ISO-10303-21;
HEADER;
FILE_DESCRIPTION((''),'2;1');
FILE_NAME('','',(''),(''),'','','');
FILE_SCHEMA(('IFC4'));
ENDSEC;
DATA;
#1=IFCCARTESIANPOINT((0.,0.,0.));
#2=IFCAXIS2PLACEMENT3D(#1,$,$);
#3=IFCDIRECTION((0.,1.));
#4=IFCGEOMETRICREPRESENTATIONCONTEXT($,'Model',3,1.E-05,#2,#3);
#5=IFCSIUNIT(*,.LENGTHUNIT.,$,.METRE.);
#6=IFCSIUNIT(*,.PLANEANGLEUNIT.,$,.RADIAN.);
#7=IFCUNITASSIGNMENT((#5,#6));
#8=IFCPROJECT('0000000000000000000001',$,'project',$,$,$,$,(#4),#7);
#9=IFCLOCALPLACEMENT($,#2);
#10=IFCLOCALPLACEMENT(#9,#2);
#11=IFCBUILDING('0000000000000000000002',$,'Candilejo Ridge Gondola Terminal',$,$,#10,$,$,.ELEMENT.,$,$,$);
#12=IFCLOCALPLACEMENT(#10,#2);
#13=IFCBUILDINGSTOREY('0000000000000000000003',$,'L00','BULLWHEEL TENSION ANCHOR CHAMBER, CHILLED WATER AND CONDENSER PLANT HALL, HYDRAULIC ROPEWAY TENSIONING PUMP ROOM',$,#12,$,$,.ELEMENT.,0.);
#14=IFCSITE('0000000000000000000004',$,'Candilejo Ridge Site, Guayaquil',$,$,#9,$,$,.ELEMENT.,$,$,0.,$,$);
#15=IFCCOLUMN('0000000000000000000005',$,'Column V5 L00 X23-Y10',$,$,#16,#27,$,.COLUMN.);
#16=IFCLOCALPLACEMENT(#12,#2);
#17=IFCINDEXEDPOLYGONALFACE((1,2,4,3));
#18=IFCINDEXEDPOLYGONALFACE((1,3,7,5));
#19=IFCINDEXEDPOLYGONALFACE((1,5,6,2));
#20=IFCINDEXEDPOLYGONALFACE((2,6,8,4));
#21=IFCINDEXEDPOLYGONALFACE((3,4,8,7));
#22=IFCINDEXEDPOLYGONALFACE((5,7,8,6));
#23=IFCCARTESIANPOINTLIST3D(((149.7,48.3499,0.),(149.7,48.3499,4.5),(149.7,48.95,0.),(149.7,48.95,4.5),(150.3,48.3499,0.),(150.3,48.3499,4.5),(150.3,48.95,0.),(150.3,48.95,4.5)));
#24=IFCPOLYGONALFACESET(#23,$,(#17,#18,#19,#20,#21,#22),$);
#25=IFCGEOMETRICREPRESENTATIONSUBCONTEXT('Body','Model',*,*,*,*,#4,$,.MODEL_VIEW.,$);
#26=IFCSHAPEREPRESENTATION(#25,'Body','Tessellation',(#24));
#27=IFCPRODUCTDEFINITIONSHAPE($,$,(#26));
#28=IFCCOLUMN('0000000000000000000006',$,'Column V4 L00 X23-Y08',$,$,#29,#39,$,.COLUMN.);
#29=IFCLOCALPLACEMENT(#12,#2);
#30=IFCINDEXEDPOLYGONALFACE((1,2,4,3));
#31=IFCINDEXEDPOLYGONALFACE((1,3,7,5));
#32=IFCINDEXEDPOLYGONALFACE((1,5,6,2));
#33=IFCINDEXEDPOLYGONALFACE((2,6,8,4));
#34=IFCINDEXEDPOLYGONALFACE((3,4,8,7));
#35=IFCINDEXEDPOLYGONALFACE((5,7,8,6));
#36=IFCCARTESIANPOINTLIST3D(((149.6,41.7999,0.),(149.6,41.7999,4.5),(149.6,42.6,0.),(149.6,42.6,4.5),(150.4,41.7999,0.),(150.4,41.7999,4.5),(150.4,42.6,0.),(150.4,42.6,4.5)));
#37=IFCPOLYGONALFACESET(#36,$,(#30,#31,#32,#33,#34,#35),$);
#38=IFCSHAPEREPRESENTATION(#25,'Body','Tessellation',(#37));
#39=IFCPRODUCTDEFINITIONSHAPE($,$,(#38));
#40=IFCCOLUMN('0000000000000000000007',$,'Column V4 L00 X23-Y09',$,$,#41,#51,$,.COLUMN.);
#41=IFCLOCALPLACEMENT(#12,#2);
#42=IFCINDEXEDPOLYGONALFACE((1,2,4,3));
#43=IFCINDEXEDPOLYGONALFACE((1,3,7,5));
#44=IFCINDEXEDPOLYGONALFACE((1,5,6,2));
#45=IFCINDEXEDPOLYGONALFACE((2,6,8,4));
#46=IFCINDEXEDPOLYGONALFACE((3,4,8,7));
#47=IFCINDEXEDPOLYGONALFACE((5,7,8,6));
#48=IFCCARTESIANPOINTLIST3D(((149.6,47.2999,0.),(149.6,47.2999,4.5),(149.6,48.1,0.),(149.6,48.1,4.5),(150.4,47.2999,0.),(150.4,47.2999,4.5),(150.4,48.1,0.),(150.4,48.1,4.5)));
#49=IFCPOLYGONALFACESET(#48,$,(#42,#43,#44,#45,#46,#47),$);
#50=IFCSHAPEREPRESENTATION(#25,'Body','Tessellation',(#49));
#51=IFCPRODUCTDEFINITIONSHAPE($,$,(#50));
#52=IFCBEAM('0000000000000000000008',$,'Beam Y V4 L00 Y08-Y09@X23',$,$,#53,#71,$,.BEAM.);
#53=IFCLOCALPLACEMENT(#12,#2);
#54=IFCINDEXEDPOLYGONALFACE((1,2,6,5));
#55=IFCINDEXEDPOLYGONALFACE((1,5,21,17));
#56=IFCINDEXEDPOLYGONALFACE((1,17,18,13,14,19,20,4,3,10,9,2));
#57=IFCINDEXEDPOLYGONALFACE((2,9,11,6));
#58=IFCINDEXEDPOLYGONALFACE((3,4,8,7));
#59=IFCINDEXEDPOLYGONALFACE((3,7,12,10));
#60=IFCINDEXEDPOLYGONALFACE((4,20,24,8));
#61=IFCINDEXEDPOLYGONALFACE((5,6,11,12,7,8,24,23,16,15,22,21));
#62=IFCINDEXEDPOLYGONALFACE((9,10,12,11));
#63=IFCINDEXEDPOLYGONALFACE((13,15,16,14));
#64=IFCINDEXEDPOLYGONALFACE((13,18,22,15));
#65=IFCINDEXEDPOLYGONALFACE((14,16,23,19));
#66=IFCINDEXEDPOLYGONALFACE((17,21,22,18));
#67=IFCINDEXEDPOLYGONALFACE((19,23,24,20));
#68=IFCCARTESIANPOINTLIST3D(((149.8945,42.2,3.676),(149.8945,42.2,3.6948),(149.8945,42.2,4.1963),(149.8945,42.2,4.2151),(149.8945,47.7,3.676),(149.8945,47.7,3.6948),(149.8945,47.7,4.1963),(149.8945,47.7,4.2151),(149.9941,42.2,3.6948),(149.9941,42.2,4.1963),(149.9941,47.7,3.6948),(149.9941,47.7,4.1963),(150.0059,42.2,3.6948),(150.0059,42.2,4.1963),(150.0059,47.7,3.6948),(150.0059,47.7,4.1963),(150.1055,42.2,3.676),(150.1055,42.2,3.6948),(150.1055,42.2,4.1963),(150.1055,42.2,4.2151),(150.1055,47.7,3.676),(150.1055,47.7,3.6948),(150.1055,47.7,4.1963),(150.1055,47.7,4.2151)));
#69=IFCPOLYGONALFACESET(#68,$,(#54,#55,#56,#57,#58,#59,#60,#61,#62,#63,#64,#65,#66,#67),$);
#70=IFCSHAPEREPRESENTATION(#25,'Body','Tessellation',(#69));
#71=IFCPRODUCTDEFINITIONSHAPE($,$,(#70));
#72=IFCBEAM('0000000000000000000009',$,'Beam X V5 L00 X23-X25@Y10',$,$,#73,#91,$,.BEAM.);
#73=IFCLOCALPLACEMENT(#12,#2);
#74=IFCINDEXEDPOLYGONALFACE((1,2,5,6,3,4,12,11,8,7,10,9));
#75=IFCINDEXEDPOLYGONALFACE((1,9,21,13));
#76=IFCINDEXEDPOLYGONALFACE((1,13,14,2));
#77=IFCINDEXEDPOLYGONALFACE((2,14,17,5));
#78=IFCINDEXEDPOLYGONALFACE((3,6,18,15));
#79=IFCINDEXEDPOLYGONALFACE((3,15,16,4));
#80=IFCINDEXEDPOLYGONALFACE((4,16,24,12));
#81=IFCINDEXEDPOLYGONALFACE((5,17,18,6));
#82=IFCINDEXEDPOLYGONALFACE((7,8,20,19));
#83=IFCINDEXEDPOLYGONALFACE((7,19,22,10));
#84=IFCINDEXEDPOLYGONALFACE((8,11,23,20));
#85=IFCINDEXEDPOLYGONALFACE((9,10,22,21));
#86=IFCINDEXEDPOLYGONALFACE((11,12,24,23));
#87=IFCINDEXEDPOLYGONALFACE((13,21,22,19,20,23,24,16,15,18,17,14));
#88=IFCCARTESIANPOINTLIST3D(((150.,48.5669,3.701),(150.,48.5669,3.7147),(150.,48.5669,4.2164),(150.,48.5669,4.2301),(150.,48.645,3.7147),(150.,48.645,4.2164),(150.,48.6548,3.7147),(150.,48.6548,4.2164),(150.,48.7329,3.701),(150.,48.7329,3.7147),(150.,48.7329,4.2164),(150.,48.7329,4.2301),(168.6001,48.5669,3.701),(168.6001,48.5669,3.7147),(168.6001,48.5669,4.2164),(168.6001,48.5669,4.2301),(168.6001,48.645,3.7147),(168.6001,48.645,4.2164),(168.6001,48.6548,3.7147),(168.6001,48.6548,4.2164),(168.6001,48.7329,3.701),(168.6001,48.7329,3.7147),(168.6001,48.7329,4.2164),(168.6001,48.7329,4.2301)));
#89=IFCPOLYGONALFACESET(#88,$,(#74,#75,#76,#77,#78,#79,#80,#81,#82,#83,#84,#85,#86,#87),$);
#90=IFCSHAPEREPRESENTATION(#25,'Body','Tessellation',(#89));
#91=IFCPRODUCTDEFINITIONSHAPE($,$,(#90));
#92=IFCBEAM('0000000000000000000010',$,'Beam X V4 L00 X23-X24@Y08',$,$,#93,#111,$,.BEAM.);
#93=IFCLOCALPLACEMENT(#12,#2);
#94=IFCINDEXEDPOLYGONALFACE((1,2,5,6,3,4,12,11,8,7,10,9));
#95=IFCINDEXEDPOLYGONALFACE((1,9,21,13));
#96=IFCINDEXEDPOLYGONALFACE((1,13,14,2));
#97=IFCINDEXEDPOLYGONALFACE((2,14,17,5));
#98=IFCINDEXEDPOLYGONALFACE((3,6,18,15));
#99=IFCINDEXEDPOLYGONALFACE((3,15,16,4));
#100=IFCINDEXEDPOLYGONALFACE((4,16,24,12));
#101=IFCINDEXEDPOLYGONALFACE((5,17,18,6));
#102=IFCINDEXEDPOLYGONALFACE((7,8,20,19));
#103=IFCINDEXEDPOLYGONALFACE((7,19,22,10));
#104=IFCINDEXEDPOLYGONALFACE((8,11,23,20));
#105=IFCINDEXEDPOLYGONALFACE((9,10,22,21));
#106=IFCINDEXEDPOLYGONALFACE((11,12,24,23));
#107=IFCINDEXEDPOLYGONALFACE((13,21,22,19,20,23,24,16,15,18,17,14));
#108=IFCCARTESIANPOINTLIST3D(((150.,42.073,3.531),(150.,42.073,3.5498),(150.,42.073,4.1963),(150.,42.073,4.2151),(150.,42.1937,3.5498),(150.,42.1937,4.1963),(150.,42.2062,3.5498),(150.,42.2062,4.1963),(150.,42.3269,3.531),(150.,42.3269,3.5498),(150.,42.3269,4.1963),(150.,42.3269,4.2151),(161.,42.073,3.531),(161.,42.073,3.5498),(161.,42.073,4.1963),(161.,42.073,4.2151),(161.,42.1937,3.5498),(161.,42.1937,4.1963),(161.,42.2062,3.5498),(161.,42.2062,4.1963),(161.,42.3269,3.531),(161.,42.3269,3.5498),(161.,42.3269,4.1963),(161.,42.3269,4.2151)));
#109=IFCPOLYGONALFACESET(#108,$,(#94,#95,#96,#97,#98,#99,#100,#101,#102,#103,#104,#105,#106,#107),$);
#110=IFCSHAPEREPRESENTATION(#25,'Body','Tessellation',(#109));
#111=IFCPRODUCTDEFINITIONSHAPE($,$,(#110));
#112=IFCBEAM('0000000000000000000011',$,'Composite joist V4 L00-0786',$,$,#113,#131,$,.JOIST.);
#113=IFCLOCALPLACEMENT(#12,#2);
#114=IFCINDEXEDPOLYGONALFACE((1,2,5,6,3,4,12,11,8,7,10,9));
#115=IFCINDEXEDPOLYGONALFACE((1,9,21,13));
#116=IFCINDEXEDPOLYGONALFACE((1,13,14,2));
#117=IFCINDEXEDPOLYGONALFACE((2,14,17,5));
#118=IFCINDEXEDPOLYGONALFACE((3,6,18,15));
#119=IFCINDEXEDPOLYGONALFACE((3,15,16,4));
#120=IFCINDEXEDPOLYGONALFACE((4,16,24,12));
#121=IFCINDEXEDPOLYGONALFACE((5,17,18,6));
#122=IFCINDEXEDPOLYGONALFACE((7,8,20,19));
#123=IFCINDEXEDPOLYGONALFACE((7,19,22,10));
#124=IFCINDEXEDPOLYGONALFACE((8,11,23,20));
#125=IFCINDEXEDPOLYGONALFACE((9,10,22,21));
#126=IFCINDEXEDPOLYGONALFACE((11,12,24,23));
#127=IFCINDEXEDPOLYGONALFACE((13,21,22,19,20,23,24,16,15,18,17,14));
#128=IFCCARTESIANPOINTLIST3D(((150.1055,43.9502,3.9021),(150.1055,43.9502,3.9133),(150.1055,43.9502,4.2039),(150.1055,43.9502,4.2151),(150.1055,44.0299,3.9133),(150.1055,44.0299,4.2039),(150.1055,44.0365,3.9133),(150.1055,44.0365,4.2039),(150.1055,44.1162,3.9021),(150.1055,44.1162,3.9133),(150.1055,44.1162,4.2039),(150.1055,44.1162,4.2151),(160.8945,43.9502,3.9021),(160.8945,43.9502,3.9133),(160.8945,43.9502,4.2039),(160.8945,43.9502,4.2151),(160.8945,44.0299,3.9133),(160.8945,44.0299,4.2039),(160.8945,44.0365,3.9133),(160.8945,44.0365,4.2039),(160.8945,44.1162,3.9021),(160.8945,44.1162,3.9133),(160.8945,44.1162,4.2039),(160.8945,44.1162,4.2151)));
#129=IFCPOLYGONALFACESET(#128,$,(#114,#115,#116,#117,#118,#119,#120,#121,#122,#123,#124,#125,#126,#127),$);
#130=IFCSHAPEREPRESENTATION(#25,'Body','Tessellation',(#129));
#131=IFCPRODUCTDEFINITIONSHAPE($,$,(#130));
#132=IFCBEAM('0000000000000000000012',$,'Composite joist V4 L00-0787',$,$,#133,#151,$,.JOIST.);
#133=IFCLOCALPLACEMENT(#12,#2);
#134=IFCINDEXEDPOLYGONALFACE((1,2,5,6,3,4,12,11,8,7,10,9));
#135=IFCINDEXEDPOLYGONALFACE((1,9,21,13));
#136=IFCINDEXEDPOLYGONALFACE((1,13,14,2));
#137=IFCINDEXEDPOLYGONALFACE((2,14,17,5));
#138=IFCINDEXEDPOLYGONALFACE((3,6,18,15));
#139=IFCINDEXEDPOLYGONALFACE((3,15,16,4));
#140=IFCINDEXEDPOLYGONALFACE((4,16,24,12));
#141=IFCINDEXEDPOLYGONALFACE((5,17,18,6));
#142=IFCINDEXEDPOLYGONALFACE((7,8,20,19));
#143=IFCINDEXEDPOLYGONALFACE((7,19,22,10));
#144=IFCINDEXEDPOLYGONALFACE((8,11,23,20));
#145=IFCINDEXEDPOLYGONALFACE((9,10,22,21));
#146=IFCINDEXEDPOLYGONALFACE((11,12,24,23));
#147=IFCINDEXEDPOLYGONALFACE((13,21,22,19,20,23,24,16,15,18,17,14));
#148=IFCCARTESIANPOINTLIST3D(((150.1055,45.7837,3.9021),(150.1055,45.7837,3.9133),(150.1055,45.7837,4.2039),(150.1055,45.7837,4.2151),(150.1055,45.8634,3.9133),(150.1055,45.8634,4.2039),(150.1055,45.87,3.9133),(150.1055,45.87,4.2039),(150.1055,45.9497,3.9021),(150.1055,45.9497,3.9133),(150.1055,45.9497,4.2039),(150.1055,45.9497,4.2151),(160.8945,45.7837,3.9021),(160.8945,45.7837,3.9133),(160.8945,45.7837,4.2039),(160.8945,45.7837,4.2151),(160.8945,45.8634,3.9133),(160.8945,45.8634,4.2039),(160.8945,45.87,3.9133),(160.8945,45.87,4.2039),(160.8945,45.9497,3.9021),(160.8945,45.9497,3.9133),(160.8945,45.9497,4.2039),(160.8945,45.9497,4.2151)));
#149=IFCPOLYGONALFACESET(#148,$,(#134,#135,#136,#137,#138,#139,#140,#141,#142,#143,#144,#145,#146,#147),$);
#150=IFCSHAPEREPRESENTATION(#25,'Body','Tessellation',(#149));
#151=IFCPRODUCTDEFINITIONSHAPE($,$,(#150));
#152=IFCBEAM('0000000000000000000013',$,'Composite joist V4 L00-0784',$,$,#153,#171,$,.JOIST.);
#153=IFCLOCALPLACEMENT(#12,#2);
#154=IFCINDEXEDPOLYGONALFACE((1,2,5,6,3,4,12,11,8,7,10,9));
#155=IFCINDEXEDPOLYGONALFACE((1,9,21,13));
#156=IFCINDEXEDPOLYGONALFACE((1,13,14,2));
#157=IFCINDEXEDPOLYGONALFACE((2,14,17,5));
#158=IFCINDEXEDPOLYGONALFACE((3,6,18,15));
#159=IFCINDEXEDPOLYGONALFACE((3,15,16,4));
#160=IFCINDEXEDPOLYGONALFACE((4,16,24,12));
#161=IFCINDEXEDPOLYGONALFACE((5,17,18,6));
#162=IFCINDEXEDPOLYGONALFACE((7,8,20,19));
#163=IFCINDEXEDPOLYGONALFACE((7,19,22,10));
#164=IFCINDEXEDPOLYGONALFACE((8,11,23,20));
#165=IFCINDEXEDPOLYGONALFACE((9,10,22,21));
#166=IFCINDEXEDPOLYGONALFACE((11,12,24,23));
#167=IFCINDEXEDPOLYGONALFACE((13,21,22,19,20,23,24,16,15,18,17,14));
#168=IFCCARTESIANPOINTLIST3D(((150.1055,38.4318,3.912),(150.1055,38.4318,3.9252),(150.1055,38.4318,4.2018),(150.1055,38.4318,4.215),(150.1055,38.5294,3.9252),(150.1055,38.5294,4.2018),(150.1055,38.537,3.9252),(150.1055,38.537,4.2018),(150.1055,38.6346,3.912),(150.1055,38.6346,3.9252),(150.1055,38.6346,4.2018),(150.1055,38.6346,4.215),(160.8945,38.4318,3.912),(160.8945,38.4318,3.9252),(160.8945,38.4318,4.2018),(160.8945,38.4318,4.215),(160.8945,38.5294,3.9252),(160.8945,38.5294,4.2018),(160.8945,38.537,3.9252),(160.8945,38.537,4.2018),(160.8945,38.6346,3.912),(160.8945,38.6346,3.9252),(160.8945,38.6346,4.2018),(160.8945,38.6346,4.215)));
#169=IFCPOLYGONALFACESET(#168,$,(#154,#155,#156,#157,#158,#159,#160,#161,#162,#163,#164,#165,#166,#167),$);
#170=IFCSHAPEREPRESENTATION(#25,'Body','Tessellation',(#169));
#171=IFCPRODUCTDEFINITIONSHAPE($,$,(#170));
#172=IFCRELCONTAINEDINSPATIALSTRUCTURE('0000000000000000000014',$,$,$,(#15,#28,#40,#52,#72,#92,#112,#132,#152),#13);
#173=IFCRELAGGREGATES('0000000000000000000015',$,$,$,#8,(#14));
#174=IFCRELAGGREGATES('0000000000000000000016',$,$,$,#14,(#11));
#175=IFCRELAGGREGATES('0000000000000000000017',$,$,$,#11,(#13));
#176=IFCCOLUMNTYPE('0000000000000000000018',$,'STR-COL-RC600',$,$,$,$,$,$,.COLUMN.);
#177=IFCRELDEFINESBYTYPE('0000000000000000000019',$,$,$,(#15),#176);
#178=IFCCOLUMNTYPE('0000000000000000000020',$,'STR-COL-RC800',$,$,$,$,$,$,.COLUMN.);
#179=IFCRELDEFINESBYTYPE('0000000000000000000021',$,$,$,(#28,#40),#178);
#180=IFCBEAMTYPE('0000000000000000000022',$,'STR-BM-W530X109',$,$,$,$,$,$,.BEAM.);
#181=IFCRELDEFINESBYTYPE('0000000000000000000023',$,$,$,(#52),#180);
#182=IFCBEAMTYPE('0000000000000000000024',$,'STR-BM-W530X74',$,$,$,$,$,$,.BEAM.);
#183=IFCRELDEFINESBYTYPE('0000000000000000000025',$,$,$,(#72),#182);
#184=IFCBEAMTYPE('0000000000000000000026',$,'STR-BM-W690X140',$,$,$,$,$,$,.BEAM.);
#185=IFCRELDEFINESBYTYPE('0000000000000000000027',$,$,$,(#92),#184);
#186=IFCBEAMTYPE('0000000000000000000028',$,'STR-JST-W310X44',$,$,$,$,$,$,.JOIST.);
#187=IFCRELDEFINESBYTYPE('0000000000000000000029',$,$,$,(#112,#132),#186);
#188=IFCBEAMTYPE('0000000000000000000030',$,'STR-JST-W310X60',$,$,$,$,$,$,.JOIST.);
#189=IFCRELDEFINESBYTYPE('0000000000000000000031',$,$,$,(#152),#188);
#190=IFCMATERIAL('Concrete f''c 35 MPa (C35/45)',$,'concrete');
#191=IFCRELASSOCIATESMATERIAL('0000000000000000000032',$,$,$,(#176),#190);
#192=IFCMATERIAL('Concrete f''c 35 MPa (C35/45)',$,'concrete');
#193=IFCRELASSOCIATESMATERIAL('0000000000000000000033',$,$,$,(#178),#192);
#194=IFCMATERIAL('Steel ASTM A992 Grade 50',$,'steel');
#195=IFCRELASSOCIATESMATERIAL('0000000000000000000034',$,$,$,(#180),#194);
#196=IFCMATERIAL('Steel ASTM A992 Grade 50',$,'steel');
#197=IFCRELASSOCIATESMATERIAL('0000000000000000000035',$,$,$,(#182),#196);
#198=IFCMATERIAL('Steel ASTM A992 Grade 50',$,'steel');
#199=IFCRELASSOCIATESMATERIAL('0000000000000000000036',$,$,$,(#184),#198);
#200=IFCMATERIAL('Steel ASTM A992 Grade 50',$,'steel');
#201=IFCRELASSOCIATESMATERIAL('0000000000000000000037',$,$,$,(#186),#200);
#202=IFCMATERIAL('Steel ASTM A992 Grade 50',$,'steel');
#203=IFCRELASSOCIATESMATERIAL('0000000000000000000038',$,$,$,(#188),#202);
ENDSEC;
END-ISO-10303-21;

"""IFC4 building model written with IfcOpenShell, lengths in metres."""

from ifc_helpers import new_model, si_unit, direction, frame, origin, origin_2d, place, context, subcontext, project, spatial, rectangle, i_section, extrude, material, material_profile, profile_set, type_object, element, save


model = new_model("IFC4")

# Units and contexts
model_context = context("Model", 3, precision=1e-05, world=origin(), true_north=direction((0.0, 1.0)))
body_context = subcontext(model_context, "Body", "Model", "MODEL_VIEW")
ifc_project = project(units=[si_unit("LENGTHUNIT", "METRE"), si_unit("PLANEANGLEUNIT", "RADIAN")], contexts=[model_context])

# Site, building, storey
site_placement = place(None, origin())
site = spatial("IfcSite", under=ifc_project, at=site_placement, Name="Candilejo Ridge Site, Guayaquil", CompositionType="ELEMENT", RefElevation=0.0)
building_placement = place(site_placement, origin())
building = spatial("IfcBuilding", under=site, at=building_placement, Name="Candilejo Ridge Gondola Terminal", CompositionType="ELEMENT")
storey_placement = place(building_placement, origin())
storey = spatial("IfcBuildingStorey", under=building, at=storey_placement, Name="L00", Description="BULLWHEEL TENSION ANCHOR CHAMBER, CHILLED WATER AND CONDENSER PLANT HALL, HYDRAULIC ROPEWAY TENSIONING PUMP ROOM", CompositionType="ELEMENT", Elevation=0.0)

# Columns
ifc_material_1 = material(Name="Concrete f'c 35 MPa (C35/45)", Category="concrete")
ifc_material_profile_1 = material_profile(ifc_material_1, rectangle(XDim=0.6001, YDim=0.6001, at=origin_2d()))
ifc_profile_set_1 = profile_set([ifc_material_profile_1], Name="Concrete f'c 35 MPa (C35/45)")
column_type_1 = type_object("IfcColumnType", Name="STR-COL-RC600", PredefinedType="COLUMN", material=ifc_profile_set_1)
column_placement = place(storey_placement, frame((150.0, 48.6499, 0.0), z_axis=(0.0, 0.0, 1.0), x_axis=(1.0, 0.0, 0.0)))
element("IfcColumn", 1, at=column_placement, inside=storey, type_object=column_type_1, Name="Column V5 L00 X23-Y10", PredefinedType="COLUMN", context=body_context, shape_type="SweptSolid", body=[
    extrude(rectangle(XDim=0.6001, YDim=0.6001, at=origin_2d()), origin(), (0.0, 0.0, 1.0), 4.5),
])
ifc_material_2 = material(Name="Concrete f'c 35 MPa (C35/45)", Category="concrete")
ifc_material_profile_2 = material_profile(ifc_material_2, rectangle(XDim=0.8, YDim=0.8, at=origin_2d()))
ifc_profile_set_2 = profile_set([ifc_material_profile_2], Name="Concrete f'c 35 MPa (C35/45)")
column_type_2 = type_object("IfcColumnType", Name="STR-COL-RC800", PredefinedType="COLUMN", material=ifc_profile_set_2)
for number, where, z_axis, x_axis, name in (
    (2, (150.0, 42.2, 0.0), (0.0, 0.0, 1.0), (1.0, 0.0, 0.0), "Column V4 L00 X23-Y08"),
    (3, (150.0, 47.7, 0.0), (0.0, 0.0, 1.0), (1.0, 0.0, 0.0), "Column V4 L00 X23-Y09"),
):
    element("IfcColumn", number, at=place(storey_placement, frame(where, z_axis=z_axis, x_axis=x_axis)), inside=storey, type_object=column_type_2, Name=name, PredefinedType="COLUMN", context=body_context, shape_type="SweptSolid", body=[
        extrude(rectangle(XDim=0.8, YDim=0.8, at=origin_2d()), origin(), (0.0, 0.0, 1.0), 4.5),
    ])

# Beams
ifc_material_3 = material(Name="Steel ASTM A992 Grade 50", Category="steel")
ifc_material_profile_3 = material_profile(ifc_material_3, i_section(OverallWidth=0.2109, OverallDepth=0.5391, WebThickness=0.0117, FlangeThickness=0.0188, at=origin_2d()))
ifc_profile_set_3 = profile_set([ifc_material_profile_3], Name="Steel ASTM A992 Grade 50")
beam_type_1 = type_object("IfcBeamType", Name="STR-BM-W530X109", PredefinedType="BEAM", material=ifc_profile_set_3)
beam_1_placement = place(storey_placement, frame((150.0, 42.2, 3.9456), z_axis=(0.0, 1.0, 0.0), x_axis=(-1.0, 0.0, 0.0)))
element("IfcBeam", 4, at=beam_1_placement, inside=storey, type_object=beam_type_1, Name="Beam Y V4 L00 Y08-Y09@X23", PredefinedType="BEAM", context=body_context, shape_type="SweptSolid", body=[
    extrude(i_section(OverallWidth=0.2109, OverallDepth=0.5391, WebThickness=0.0117, FlangeThickness=0.0188, at=origin_2d()), origin(), (0.0, 0.0, 1.0), 5.5),
])
ifc_material_4 = material(Name="Steel ASTM A992 Grade 50", Category="steel")
ifc_material_profile_4 = material_profile(ifc_material_4, i_section(OverallWidth=0.166, OverallDepth=0.5291, WebThickness=0.0098, FlangeThickness=0.0137, at=origin_2d()))
ifc_profile_set_4 = profile_set([ifc_material_profile_4], Name="Steel ASTM A992 Grade 50")
beam_type_2 = type_object("IfcBeamType", Name="STR-BM-W530X74", PredefinedType="BEAM", material=ifc_profile_set_4)
beam_2_placement = place(storey_placement, frame((150.0, 48.6499, 3.9656), z_axis=(1.0, 0.0, 0.0), x_axis=(0.0, 1.0, 0.0)))
element("IfcBeam", 5, at=beam_2_placement, inside=storey, type_object=beam_type_2, Name="Beam X V5 L00 X23-X25@Y10", PredefinedType="BEAM", context=body_context, shape_type="SweptSolid", body=[
    extrude(i_section(OverallWidth=0.166, OverallDepth=0.5291, WebThickness=0.0098, FlangeThickness=0.0137, at=origin_2d()), origin(), (0.0, 0.0, 1.0), 18.6001),
])
ifc_material_5 = material(Name="Steel ASTM A992 Grade 50", Category="steel")
ifc_material_profile_5 = material_profile(ifc_material_5, i_section(OverallWidth=0.2539, OverallDepth=0.6841, WebThickness=0.0125, FlangeThickness=0.0188, at=origin_2d()))
ifc_profile_set_5 = profile_set([ifc_material_profile_5], Name="Steel ASTM A992 Grade 50")
beam_type_3 = type_object("IfcBeamType", Name="STR-BM-W690X140", PredefinedType="BEAM", material=ifc_profile_set_5)
beam_3_placement = place(storey_placement, frame((150.0, 42.2, 3.873), z_axis=(1.0, 0.0, 0.0), x_axis=(0.0, 1.0, 0.0)))
element("IfcBeam", 6, at=beam_3_placement, inside=storey, type_object=beam_type_3, Name="Beam X V4 L00 X23-X24@Y08", PredefinedType="BEAM", context=body_context, shape_type="SweptSolid", body=[
    extrude(i_section(OverallWidth=0.2539, OverallDepth=0.6841, WebThickness=0.0125, FlangeThickness=0.0188, at=origin_2d()), origin(), (0.0, 0.0, 1.0), 11.0),
])
ifc_material_6 = material(Name="Steel ASTM A992 Grade 50", Category="steel")
ifc_material_profile_6 = material_profile(ifc_material_6, i_section(OverallWidth=0.166, OverallDepth=0.313, WebThickness=0.0066, FlangeThickness=0.0112, at=origin_2d()))
ifc_profile_set_6 = profile_set([ifc_material_profile_6], Name="Steel ASTM A992 Grade 50")
beam_type_4 = type_object("IfcBeamType", Name="STR-JST-W310X44", PredefinedType="JOIST", material=ifc_profile_set_6)
for number, where, z_axis, x_axis, name in (
    (7, (150.1055, 44.0332, 4.0586), (1.0, 0.0, 0.0), (0.0, 1.0, 0.0), "Composite joist V4 L00-0786"),
    (8, (150.1055, 45.8667, 4.0586), (1.0, 0.0, 0.0), (0.0, 1.0, 0.0), "Composite joist V4 L00-0787"),
):
    element("IfcBeam", number, at=place(storey_placement, frame(where, z_axis=z_axis, x_axis=x_axis)), inside=storey, type_object=beam_type_4, Name=name, PredefinedType="JOIST", context=body_context, shape_type="SweptSolid", body=[
        extrude(i_section(OverallWidth=0.166, OverallDepth=0.313, WebThickness=0.0066, FlangeThickness=0.0112, at=origin_2d()), origin(), (0.0, 0.0, 1.0), 10.7891),
    ])
ifc_material_7 = material(Name="Steel ASTM A992 Grade 50", Category="steel")
ifc_material_profile_7 = material_profile(ifc_material_7, i_section(OverallWidth=0.2029, OverallDepth=0.303, WebThickness=0.0076, FlangeThickness=0.0132, at=origin_2d()))
ifc_profile_set_7 = profile_set([ifc_material_profile_7], Name="Steel ASTM A992 Grade 50")
beam_type_5 = type_object("IfcBeamType", Name="STR-JST-W310X60", PredefinedType="JOIST", material=ifc_profile_set_7)
for number, where, z_axis, x_axis, name in (
    (9, (150.1055, 38.5332, 4.0635), (1.0, 0.0, 0.0), (0.0, 1.0, 0.0), "Composite joist V4 L00-0784"),
):
    element("IfcBeam", number, at=place(storey_placement, frame(where, z_axis=z_axis, x_axis=x_axis)), inside=storey, type_object=beam_type_5, Name=name, PredefinedType="JOIST", context=body_context, shape_type="SweptSolid", body=[
        extrude(i_section(OverallWidth=0.2029, OverallDepth=0.303, WebThickness=0.0076, FlangeThickness=0.0132, at=origin_2d()), origin(), (0.0, 0.0, 1.0), 10.7891),
    ])

save(model, "model.ifc")
